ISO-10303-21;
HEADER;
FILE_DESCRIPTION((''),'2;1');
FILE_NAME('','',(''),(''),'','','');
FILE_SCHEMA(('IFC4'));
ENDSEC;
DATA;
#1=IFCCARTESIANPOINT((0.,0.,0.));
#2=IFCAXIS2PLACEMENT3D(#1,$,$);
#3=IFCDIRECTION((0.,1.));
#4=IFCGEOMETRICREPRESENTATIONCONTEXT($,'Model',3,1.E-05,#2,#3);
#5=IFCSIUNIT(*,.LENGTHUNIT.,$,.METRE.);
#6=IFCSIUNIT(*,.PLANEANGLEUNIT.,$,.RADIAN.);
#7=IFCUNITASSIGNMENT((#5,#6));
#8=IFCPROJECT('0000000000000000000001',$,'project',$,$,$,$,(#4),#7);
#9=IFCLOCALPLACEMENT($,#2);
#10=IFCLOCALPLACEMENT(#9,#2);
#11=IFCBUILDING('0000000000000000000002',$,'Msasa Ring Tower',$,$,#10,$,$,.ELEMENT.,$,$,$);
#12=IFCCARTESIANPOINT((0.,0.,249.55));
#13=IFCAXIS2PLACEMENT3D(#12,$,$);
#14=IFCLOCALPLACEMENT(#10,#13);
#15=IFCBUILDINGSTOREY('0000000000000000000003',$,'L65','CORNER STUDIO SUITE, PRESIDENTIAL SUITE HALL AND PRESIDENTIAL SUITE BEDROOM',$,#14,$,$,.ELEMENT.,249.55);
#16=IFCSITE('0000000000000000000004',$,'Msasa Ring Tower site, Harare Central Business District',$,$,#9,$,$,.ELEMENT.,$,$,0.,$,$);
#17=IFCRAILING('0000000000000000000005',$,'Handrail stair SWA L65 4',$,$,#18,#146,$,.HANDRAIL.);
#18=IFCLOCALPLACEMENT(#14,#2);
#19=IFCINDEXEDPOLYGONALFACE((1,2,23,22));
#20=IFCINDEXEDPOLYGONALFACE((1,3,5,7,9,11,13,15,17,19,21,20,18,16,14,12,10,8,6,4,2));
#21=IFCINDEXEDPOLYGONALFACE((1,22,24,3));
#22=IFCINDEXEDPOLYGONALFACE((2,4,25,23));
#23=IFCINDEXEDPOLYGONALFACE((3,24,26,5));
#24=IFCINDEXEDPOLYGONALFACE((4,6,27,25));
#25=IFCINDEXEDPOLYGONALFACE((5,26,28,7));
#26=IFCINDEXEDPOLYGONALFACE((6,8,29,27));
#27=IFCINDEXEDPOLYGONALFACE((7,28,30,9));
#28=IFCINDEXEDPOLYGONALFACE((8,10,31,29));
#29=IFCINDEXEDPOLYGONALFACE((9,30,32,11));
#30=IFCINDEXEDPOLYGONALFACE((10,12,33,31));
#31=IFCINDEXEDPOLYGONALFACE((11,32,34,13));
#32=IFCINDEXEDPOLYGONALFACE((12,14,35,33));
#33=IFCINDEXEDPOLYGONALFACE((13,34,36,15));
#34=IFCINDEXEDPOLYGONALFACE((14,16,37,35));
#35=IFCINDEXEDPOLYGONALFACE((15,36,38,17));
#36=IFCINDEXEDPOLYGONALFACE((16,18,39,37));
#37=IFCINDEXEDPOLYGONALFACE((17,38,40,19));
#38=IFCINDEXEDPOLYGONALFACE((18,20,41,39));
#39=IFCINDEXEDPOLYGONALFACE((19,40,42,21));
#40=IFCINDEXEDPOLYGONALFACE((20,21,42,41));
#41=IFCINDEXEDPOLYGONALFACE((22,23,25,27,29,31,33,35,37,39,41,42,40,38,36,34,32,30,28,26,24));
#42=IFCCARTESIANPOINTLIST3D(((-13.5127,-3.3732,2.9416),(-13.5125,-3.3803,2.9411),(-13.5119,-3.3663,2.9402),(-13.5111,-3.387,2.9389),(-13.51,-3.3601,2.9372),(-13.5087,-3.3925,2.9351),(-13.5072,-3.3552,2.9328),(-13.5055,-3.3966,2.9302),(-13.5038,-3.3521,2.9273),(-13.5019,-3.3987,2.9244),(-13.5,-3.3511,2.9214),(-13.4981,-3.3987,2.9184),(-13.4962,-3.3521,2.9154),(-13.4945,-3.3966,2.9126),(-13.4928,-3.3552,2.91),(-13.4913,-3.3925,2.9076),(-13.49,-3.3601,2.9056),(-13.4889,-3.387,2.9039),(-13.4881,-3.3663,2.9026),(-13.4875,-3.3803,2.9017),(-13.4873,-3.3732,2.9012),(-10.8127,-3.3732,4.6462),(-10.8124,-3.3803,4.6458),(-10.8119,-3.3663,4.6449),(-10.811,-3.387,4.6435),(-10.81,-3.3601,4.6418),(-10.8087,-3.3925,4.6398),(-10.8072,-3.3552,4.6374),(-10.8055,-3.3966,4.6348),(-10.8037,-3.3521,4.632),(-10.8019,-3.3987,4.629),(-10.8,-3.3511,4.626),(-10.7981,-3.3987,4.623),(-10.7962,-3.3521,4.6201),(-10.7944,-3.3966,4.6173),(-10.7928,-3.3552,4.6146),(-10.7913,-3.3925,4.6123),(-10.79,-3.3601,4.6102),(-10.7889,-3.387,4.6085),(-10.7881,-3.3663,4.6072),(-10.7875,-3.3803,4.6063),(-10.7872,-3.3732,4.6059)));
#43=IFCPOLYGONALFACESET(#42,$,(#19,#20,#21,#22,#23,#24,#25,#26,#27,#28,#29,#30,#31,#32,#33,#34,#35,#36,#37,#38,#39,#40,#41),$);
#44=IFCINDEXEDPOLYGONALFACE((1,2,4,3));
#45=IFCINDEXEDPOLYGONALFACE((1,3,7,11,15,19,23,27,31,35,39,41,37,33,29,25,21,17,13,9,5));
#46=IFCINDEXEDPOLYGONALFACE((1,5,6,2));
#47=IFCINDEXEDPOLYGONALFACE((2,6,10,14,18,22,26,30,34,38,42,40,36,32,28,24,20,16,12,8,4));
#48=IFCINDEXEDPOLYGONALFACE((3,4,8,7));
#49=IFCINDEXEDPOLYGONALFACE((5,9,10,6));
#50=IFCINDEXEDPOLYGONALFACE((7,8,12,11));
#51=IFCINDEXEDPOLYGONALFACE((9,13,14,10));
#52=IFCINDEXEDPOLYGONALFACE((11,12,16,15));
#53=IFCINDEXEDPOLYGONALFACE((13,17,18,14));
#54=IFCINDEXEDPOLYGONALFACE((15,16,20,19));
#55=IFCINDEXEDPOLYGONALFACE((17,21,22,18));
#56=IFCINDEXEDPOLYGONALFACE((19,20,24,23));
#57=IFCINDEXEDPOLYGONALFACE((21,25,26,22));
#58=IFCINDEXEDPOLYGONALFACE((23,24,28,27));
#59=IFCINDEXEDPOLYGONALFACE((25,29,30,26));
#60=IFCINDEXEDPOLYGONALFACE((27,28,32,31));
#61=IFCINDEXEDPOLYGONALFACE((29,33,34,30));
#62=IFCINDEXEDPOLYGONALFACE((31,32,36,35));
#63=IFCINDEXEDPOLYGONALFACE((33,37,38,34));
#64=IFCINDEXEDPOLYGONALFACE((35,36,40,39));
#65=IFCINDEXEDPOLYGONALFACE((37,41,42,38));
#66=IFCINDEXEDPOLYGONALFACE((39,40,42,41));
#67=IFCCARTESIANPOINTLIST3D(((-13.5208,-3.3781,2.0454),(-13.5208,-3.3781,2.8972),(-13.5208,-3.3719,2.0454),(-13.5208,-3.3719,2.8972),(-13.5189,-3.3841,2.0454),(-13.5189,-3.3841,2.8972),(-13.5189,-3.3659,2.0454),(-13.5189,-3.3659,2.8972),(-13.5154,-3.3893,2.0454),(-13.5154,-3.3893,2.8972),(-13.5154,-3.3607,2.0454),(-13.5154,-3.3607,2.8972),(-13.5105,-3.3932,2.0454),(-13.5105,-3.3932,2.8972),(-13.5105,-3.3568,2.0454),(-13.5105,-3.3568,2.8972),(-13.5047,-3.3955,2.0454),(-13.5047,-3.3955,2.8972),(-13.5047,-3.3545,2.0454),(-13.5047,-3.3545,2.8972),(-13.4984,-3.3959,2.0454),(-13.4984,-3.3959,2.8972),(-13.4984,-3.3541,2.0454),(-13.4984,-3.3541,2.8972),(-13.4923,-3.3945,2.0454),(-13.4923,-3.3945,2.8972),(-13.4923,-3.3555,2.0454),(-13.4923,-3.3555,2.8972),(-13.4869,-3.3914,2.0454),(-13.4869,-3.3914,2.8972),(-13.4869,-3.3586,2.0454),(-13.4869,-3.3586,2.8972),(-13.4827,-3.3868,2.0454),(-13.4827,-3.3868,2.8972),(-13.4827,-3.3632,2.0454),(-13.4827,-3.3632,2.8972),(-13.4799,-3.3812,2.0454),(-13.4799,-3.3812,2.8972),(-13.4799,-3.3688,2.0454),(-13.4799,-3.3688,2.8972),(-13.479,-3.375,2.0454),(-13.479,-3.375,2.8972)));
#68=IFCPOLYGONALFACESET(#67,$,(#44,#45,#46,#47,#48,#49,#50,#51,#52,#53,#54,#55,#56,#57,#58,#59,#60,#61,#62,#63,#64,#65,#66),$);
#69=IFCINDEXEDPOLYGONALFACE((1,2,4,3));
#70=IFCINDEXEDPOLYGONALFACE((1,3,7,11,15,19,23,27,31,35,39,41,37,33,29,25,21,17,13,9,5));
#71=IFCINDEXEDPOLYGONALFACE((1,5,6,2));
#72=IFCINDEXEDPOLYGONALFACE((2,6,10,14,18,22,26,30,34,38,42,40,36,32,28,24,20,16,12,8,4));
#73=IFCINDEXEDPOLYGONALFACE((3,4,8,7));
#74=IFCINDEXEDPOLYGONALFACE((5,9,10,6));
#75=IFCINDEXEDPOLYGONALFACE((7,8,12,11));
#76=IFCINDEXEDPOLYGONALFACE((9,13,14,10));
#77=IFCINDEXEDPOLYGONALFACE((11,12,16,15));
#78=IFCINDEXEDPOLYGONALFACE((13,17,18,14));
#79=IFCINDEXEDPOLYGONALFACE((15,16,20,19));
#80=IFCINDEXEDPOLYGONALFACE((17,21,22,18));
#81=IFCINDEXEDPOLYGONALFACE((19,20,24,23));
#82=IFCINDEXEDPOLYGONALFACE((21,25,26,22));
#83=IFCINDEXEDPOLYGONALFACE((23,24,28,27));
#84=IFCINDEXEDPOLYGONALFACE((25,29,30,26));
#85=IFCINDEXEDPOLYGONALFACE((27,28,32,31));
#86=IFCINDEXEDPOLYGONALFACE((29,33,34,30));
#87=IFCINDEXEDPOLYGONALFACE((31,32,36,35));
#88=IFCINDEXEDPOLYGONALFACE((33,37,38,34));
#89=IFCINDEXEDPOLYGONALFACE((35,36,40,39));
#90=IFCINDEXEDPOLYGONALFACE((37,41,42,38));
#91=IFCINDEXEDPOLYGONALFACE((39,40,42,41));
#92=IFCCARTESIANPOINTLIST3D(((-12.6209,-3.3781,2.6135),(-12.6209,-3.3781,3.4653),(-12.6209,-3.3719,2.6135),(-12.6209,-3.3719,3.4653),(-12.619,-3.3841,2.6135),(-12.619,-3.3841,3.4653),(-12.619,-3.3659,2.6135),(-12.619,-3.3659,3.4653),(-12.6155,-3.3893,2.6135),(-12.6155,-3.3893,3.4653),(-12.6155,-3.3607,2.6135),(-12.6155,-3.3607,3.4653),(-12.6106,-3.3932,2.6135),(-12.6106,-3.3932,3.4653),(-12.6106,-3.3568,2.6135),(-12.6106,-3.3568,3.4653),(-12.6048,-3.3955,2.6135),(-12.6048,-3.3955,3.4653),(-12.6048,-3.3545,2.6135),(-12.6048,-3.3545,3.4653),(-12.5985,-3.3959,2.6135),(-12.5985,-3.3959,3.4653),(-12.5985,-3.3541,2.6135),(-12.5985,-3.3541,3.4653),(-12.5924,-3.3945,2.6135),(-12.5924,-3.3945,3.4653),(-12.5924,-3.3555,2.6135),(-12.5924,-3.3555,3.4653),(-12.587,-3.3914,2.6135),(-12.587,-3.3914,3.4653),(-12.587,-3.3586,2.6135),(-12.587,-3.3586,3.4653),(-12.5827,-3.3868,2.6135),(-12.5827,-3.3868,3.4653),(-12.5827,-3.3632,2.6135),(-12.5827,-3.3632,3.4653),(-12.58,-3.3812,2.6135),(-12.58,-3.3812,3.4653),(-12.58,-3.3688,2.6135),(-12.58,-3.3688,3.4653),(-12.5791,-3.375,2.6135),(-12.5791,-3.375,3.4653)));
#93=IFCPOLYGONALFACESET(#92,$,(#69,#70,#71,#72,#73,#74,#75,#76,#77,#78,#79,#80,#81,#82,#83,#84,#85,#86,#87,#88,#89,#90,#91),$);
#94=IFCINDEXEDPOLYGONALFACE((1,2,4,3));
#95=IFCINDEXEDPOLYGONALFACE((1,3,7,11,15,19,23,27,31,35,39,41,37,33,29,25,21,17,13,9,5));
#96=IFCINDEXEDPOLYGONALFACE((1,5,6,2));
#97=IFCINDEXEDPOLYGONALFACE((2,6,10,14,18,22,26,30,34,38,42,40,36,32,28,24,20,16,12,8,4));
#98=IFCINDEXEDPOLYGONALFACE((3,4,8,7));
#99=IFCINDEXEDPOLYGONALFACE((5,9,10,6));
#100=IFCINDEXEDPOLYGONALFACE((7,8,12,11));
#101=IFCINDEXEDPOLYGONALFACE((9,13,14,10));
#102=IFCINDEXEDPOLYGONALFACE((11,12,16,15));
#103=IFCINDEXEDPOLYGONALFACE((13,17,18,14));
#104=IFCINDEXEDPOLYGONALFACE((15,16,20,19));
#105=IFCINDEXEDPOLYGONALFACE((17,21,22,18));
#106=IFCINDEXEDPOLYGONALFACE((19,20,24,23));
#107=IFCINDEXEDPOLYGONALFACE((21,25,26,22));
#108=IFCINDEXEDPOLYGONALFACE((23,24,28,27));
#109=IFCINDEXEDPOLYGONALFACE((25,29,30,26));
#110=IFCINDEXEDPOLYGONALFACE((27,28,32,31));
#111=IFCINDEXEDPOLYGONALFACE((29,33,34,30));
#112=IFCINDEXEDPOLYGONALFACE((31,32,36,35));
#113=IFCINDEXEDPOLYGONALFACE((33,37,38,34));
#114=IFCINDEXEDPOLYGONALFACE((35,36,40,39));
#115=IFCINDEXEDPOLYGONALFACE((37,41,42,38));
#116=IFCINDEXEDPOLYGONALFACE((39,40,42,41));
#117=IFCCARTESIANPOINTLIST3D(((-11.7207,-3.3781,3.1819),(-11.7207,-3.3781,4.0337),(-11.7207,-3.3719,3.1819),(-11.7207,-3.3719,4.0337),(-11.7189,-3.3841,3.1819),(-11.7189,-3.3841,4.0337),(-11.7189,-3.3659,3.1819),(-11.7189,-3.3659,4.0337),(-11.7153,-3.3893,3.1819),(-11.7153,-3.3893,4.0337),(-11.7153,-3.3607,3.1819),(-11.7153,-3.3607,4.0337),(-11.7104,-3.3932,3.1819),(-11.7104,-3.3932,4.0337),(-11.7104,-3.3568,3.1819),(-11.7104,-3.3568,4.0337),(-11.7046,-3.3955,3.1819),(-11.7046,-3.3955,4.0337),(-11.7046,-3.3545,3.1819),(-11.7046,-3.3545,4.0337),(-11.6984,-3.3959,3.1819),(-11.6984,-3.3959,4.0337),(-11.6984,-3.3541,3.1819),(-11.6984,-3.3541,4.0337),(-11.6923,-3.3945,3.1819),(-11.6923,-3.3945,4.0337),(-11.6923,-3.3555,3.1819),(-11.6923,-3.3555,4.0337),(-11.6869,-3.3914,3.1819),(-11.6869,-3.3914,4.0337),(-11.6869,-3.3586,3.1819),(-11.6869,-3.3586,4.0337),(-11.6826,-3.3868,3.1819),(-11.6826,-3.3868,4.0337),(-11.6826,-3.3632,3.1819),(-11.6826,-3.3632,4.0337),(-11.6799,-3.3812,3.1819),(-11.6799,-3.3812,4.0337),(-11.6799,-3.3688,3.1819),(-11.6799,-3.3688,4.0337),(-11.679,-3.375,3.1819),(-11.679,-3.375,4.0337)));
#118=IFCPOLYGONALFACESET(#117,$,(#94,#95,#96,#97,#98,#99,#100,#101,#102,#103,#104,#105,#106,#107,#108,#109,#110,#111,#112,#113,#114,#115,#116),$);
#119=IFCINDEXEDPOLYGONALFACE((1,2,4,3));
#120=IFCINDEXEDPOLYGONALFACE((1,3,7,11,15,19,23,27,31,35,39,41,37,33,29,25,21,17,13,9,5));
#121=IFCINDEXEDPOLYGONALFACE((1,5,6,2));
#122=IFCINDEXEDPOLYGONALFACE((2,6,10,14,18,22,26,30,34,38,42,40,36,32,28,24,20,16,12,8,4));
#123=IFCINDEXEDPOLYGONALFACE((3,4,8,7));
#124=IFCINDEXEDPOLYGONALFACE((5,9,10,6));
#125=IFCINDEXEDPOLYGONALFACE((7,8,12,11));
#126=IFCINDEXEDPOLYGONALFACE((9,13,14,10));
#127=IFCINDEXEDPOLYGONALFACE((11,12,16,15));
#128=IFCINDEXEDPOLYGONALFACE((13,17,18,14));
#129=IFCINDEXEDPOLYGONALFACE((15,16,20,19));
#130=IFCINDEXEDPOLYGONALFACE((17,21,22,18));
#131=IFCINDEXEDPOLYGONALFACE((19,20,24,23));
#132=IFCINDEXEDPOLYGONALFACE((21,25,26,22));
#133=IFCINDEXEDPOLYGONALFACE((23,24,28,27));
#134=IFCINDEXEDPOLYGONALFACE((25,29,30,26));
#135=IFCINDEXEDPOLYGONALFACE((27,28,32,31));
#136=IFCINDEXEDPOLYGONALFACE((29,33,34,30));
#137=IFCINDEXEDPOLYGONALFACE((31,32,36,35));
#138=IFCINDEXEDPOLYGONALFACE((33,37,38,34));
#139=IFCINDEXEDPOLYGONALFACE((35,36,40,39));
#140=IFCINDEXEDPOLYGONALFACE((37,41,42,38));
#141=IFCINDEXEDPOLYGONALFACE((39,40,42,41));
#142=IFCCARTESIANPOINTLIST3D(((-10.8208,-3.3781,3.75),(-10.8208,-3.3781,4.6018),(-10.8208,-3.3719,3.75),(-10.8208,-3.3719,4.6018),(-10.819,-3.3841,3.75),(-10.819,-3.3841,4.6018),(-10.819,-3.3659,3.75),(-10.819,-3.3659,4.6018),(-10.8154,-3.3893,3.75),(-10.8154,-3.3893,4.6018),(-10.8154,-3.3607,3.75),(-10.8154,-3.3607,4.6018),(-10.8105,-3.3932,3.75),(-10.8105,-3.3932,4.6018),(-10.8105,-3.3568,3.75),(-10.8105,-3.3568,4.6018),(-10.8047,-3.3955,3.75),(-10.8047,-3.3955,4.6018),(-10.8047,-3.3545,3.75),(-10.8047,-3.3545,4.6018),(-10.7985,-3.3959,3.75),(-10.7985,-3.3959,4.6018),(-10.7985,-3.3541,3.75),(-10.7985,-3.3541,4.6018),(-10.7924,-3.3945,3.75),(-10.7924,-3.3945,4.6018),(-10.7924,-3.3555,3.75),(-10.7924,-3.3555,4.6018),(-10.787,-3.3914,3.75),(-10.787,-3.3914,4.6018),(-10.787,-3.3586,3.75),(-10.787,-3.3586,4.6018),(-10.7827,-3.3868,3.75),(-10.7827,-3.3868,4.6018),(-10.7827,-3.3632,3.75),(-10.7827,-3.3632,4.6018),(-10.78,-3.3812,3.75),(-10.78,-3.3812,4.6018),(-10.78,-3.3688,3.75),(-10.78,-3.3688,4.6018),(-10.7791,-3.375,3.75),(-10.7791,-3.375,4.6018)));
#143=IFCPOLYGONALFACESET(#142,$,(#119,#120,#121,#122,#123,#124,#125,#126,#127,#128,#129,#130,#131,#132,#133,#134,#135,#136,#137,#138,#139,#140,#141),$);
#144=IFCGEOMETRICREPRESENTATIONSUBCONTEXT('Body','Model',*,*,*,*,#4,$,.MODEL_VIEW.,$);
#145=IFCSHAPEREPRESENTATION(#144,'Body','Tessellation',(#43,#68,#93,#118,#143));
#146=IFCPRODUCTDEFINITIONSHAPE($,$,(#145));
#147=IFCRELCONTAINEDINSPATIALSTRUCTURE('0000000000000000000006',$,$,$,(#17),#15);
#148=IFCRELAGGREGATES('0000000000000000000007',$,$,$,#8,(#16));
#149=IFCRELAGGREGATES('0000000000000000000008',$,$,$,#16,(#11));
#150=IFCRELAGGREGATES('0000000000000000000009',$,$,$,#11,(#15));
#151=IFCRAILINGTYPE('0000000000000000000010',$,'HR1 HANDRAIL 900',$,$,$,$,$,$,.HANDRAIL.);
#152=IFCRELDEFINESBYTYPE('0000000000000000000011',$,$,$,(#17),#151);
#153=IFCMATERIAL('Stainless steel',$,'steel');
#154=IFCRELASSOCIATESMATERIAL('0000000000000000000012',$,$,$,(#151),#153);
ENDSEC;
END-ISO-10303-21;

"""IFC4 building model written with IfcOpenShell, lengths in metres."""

from ifc_helpers import new_model, si_unit, direction, frame, origin, origin_2d, place, context, subcontext, project, spatial, circle, extrude, material, type_object, element, save


model = new_model("IFC4")

# Units and contexts
model_context = context("Model", 3, precision=1e-05, world=origin(), true_north=direction((0.0, 1.0)))
body_context = subcontext(model_context, "Body", "Model", "MODEL_VIEW")
ifc_project = project(units=[si_unit("LENGTHUNIT", "METRE"), si_unit("PLANEANGLEUNIT", "RADIAN")], contexts=[model_context])

# Site, building, storey
site_placement = place(None, origin())
site = spatial("IfcSite", under=ifc_project, at=site_placement, Name="Msasa Ring Tower site, Harare Central Business District", CompositionType="ELEMENT", RefElevation=0.0)
building_placement = place(site_placement, origin())
building = spatial("IfcBuilding", under=site, at=building_placement, Name="Msasa Ring Tower", CompositionType="ELEMENT")
storey_placement = place(building_placement, frame((0.0, 0.0, 249.55)))
storey = spatial("IfcBuildingStorey", under=building, at=storey_placement, Name="L65", Description="CORNER STUDIO SUITE, PRESIDENTIAL SUITE HALL AND PRESIDENTIAL SUITE BEDROOM", CompositionType="ELEMENT", Elevation=249.55)

# Railing
ifc_material_1 = material(Name="Stainless steel", Category="steel")
railing_type = type_object("IfcRailingType", Name="HR1 HANDRAIL 900", PredefinedType="HANDRAIL", material=ifc_material_1)
for number, where, name in (
    (1, (-13.5, -3.375, 2.0454), "Handrail stair SWA L65 4"),
):
    element("IfcRailing", number, at=place(storey_placement, frame(where)), inside=storey, type_object=railing_type, Name=name, PredefinedType="HANDRAIL", context=body_context, shape_type="SweptSolid", body=[
        extrude(circle(Radius=0.0239, at=origin_2d()), frame((0.0, 0.0, 0.876), z_axis=(0.84558, 0.0, 0.533849), x_axis=(0.0, 1.0, 0.0)), (0.0, 0.0, 1.0), 3.1931),
        extrude(circle(Radius=0.021, at=origin_2d()), origin(), (0.0, 0.0, 1.0), 0.8518),
        extrude(circle(Radius=0.021, at=origin_2d()), frame((0.8999, 0.0, 0.5681)), (0.0, 0.0, 1.0), 0.8518),
        extrude(circle(Radius=0.021, at=origin_2d()), frame((1.8, 0.0, 1.1365)), (0.0, 0.0, 1.0), 0.8518),
        extrude(circle(Radius=0.021, at=origin_2d()), frame((2.7, 0.0, 1.7046)), (0.0, 0.0, 1.0), 0.8518),
    ])

save(model, "model.ifc")
